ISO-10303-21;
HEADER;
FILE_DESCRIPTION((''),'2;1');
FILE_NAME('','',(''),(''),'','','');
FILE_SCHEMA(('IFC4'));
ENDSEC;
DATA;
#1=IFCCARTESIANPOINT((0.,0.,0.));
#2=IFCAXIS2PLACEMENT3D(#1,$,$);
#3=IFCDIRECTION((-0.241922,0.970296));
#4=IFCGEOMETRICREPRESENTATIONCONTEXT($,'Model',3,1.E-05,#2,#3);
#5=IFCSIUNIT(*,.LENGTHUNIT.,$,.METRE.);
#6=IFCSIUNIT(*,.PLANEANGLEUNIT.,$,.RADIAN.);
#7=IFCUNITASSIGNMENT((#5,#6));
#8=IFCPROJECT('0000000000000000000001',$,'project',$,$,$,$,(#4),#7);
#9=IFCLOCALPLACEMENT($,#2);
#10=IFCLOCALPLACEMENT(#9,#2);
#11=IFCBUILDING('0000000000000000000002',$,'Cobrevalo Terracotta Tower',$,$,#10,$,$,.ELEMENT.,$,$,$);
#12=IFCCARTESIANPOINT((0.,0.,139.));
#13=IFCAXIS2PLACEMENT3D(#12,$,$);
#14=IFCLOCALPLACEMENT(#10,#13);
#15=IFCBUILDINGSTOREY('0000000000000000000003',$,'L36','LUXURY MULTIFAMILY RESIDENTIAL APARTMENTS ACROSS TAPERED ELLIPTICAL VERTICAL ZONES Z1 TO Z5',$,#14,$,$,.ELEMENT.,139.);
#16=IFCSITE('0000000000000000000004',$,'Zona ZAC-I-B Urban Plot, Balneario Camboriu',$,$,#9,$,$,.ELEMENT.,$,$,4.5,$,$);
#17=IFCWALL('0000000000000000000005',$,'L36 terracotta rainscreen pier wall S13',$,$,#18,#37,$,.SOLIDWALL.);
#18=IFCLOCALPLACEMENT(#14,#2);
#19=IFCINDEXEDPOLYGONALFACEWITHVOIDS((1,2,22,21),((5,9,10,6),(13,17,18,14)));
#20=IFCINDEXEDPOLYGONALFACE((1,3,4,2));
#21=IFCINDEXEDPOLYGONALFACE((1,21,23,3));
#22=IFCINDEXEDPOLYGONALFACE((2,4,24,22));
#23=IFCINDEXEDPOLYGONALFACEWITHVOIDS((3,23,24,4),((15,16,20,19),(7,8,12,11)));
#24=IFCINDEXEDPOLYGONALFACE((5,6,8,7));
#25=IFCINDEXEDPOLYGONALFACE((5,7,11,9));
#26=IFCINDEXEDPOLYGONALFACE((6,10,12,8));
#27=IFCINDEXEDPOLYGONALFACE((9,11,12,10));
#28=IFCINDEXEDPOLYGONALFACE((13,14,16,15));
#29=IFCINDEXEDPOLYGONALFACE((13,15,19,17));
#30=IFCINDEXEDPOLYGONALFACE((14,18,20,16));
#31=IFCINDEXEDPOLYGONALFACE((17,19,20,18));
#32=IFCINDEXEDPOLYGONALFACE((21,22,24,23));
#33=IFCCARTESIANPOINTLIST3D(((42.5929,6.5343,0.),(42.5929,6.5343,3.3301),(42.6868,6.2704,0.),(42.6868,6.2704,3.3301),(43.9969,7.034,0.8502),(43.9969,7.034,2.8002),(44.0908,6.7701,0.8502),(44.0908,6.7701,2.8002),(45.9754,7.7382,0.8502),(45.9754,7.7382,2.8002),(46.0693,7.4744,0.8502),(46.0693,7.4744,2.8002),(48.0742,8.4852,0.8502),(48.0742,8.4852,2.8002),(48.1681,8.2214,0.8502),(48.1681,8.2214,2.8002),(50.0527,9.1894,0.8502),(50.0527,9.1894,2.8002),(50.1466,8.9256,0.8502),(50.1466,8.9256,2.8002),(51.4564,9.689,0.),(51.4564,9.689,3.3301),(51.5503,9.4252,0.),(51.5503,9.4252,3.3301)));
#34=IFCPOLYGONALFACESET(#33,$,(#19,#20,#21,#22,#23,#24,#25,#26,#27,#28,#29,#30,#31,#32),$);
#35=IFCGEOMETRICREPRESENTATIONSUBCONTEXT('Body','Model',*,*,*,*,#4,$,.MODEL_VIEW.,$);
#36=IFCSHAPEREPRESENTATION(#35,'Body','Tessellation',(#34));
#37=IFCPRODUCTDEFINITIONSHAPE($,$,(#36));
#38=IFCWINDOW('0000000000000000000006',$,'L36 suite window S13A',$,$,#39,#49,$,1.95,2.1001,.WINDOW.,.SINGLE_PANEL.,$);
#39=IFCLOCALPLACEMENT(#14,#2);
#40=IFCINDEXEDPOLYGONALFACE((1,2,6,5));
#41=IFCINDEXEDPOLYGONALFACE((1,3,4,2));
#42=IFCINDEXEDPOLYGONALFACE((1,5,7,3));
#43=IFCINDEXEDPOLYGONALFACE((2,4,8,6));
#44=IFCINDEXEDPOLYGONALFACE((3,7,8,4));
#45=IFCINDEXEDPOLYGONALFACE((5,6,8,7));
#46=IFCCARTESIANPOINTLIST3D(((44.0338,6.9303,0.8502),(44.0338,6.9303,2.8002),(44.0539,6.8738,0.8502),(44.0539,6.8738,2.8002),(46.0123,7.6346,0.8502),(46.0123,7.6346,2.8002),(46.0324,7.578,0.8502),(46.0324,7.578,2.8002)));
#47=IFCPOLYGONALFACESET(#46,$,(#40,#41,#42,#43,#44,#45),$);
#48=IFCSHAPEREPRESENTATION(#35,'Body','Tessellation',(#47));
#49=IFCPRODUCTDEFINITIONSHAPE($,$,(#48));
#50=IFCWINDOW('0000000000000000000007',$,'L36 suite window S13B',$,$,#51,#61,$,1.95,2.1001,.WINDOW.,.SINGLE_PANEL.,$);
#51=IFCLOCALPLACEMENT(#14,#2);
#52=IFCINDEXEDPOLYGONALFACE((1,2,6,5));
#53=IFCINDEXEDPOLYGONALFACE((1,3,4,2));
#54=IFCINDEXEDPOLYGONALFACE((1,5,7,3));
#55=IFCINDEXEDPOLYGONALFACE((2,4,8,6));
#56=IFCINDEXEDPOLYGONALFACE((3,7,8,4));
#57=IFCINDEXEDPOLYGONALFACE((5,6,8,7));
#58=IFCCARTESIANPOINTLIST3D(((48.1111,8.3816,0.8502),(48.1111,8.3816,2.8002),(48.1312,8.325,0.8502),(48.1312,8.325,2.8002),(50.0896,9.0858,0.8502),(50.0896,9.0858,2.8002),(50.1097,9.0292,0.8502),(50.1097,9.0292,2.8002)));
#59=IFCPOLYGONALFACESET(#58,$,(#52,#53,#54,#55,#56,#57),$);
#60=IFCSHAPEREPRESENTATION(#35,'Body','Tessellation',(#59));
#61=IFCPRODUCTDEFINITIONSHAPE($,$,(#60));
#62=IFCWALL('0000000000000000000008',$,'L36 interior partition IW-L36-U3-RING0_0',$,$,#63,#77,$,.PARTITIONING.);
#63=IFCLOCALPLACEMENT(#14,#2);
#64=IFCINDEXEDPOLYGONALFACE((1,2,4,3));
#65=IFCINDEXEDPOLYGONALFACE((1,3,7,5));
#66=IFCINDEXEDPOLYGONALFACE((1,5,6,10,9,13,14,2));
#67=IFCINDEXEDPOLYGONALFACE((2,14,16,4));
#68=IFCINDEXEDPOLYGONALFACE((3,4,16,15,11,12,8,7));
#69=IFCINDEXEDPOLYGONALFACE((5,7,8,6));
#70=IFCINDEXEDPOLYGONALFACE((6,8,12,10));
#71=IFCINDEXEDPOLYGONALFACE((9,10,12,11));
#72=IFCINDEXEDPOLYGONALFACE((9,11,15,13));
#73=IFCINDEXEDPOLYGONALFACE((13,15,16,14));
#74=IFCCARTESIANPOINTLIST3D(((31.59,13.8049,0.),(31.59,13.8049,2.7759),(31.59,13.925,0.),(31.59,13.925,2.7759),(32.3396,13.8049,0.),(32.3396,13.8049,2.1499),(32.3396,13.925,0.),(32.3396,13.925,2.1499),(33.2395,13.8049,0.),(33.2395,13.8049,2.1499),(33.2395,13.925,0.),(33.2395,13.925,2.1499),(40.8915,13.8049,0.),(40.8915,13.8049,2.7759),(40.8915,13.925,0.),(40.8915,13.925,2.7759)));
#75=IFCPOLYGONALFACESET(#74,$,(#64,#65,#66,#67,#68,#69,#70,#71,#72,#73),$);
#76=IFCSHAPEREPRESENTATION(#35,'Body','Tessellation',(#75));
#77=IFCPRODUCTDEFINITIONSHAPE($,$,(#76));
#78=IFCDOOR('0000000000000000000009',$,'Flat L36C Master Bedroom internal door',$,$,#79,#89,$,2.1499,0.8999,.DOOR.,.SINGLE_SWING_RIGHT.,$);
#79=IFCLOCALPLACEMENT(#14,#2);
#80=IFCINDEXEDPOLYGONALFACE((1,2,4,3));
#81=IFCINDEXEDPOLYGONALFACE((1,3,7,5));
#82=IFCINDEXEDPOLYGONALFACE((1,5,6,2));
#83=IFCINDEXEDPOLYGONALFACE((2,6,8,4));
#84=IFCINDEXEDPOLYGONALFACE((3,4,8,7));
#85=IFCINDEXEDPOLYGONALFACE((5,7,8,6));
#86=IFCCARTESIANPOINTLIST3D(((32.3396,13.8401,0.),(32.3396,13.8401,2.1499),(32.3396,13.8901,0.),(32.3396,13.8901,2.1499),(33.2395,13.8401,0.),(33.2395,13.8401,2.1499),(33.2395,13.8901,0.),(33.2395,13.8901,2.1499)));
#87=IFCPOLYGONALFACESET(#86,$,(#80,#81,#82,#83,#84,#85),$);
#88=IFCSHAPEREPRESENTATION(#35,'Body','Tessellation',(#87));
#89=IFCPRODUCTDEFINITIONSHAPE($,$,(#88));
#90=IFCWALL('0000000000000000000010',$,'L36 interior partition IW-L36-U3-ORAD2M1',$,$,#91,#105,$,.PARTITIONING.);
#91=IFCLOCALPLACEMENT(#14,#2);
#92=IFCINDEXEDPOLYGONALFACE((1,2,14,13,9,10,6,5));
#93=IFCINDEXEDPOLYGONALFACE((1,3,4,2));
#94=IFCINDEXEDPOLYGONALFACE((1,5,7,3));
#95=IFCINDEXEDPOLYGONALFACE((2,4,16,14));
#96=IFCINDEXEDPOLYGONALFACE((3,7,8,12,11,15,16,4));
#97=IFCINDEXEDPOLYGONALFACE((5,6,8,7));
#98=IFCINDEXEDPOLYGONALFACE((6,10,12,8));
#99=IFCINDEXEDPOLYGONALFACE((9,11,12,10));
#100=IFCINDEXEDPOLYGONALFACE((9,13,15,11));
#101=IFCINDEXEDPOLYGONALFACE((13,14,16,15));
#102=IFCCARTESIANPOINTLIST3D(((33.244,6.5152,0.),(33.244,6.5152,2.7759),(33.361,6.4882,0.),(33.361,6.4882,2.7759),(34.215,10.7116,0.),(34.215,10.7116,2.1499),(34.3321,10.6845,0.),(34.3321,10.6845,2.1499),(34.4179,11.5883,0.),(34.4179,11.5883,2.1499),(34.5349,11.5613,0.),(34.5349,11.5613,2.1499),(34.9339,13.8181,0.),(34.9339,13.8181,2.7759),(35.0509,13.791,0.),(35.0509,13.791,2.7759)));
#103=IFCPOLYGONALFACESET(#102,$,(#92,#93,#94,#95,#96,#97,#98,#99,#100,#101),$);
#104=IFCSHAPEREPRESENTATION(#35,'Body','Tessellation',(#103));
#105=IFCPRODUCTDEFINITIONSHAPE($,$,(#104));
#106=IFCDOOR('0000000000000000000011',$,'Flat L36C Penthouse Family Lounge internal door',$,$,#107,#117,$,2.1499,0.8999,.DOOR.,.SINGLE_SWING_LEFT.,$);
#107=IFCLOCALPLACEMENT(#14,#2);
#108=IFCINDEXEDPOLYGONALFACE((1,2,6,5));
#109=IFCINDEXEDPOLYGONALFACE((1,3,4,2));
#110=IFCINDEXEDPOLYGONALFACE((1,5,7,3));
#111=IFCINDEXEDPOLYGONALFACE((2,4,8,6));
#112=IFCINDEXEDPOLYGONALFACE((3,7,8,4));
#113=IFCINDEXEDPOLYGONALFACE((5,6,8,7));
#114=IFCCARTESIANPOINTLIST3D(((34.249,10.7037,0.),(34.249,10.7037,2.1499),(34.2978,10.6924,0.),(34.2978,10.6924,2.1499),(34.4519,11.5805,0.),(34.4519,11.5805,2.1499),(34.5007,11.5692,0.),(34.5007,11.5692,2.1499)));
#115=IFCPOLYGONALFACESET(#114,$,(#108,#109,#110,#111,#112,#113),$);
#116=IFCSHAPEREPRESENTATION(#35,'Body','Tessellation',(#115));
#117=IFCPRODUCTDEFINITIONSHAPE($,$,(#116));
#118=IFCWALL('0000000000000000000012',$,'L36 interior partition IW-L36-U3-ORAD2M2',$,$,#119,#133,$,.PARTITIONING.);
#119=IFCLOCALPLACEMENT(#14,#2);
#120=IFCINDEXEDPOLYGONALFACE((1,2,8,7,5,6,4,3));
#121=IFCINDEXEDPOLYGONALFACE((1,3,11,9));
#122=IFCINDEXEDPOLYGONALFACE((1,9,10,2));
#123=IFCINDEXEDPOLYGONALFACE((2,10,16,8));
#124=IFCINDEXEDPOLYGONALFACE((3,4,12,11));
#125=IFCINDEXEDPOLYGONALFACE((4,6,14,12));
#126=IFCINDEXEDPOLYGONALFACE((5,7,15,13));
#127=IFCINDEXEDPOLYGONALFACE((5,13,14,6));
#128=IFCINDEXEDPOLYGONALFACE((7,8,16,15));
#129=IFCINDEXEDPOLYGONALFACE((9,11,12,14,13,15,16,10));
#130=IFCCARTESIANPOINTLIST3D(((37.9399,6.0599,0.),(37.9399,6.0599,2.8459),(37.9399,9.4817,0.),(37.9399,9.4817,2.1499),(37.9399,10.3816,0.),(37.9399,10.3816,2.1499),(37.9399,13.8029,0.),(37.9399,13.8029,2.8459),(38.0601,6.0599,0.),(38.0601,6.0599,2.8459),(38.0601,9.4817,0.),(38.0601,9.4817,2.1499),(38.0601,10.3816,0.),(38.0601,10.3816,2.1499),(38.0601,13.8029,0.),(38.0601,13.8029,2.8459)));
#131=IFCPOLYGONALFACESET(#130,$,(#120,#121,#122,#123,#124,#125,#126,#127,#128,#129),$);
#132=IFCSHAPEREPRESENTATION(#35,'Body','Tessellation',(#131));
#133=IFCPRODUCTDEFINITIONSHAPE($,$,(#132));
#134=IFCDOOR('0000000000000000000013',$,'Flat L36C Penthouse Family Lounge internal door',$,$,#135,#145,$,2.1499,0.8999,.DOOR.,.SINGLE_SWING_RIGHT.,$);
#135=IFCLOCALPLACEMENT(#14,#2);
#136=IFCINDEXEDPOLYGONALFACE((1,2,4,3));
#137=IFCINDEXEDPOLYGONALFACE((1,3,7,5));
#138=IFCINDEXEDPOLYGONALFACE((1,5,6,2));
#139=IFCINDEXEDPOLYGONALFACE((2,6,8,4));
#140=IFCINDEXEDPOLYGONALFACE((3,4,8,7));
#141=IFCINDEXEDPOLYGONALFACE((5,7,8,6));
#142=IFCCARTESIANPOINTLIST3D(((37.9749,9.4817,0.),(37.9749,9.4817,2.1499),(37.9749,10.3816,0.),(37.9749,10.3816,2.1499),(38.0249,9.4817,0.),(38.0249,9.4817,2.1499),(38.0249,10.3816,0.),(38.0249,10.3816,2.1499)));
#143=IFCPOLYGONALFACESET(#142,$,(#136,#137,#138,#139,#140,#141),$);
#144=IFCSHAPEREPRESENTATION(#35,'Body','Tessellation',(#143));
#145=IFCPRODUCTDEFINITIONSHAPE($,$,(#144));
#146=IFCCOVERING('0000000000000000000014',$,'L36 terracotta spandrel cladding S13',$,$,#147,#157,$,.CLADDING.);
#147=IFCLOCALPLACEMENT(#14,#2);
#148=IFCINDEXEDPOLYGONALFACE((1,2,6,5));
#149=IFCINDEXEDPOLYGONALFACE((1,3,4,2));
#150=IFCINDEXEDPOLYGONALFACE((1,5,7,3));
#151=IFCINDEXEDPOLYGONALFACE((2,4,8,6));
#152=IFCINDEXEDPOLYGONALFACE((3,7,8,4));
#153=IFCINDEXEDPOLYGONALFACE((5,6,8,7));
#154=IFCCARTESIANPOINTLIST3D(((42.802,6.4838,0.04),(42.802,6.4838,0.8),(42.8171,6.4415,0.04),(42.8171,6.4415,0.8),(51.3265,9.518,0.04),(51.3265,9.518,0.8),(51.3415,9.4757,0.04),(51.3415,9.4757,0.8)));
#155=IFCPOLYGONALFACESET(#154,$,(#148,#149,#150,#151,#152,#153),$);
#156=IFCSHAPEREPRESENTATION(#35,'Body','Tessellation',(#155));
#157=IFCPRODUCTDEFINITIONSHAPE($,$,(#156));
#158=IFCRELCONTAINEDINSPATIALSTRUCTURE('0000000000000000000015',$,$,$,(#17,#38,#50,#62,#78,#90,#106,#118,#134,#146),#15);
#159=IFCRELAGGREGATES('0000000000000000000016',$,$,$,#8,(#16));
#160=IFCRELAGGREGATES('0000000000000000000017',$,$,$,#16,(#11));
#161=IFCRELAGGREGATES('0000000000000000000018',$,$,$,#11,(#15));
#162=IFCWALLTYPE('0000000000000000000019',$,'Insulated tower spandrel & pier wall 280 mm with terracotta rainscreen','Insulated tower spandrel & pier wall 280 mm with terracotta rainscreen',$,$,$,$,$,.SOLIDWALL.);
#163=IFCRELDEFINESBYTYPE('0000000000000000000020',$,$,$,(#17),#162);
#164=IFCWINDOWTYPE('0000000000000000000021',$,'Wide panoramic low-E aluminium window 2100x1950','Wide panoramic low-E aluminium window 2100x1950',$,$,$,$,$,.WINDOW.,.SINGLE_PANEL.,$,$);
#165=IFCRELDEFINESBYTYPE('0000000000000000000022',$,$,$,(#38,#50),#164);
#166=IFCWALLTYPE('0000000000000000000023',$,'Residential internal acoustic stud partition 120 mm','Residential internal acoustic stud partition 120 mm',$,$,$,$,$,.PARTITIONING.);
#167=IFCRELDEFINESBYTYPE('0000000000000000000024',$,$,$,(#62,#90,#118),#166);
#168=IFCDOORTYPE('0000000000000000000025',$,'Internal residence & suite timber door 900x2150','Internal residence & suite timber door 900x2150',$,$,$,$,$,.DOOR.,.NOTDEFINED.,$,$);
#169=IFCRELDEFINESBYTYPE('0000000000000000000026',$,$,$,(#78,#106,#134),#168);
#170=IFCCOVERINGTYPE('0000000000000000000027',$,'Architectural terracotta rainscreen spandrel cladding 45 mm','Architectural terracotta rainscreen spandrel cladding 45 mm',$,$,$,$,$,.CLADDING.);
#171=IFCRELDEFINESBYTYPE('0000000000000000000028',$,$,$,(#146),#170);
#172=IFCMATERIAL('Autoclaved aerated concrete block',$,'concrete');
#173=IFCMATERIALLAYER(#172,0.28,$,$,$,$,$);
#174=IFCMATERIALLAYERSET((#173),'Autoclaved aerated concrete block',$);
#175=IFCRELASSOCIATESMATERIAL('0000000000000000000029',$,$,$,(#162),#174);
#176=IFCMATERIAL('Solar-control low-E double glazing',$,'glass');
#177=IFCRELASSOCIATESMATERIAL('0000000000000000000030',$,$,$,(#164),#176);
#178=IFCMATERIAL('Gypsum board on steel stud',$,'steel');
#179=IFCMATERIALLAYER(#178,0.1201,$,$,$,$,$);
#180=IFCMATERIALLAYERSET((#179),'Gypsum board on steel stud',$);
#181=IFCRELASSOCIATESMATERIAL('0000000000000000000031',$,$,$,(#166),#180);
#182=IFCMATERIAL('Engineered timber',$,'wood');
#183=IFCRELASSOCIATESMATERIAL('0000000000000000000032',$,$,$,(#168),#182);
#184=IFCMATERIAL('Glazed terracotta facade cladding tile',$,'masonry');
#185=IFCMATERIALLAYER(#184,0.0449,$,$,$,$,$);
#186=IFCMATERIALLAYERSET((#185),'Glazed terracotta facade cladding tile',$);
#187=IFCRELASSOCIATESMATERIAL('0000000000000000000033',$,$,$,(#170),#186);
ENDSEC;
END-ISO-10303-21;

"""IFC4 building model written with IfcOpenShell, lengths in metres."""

from ifc_helpers import new_model, si_unit, direction, frame, frame_2d, origin, origin_2d, place, context, subcontext, project, spatial, rectangle, extrude, source, transform, mapped, material, layer, layer_set, type_object, element, fill, save


model = new_model("IFC4")

# Units and contexts
model_context = context("Model", 3, precision=1e-05, world=origin(), true_north=direction((-0.241922, 0.970296)))
body_context = subcontext(model_context, "Body", "Model", "MODEL_VIEW")
ifc_project = project(units=[si_unit("LENGTHUNIT", "METRE"), si_unit("PLANEANGLEUNIT", "RADIAN")], contexts=[model_context])

# Site, building, storey
site_placement = place(None, origin())
site = spatial("IfcSite", under=ifc_project, at=site_placement, Name="Zona ZAC-I-B Urban Plot, Balneario Camboriu", CompositionType="ELEMENT", RefElevation=4.5)
building_placement = place(site_placement, origin())
building = spatial("IfcBuilding", under=site, at=building_placement, Name="Cobrevalo Terracotta Tower", CompositionType="ELEMENT")
storey_placement = place(building_placement, frame((0.0, 0.0, 139.0)))
storey = spatial("IfcBuildingStorey", under=building, at=storey_placement, Name="L36", Description="LUXURY MULTIFAMILY RESIDENTIAL APARTMENTS ACROSS TAPERED ELLIPTICAL VERTICAL ZONES Z1 TO Z5", CompositionType="ELEMENT", Elevation=139.0)

# Shared definitions
ifc_material_1 = material(Name="Solar-control low-E double glazing", Category="glass")

# Shared definitions
ifc_material_2 = material(Name="Autoclaved aerated concrete block", Category="concrete")

# Wall, openings, windows
ifc_layer_1 = layer(ifc_material_2, 0.28)
ifc_layer_set_1 = layer_set([ifc_layer_1], Name="Autoclaved aerated concrete block")
wall_type_1 = type_object("IfcWallType", Name="Insulated tower spandrel & pier wall 280 mm with terracotta rainscreen", Description="Insulated tower spandrel & pier wall 280 mm with terracotta rainscreen", PredefinedType="SOLIDWALL", material=ifc_layer_set_1)
wall_1_placement = place(storey_placement, frame((42.6399, 6.4023, 0.0), z_axis=(0.0, 0.0, 1.0), x_axis=(0.942104, 0.335322, 0.0)))
wall_1 = element("IfcWall", 1, at=wall_1_placement, inside=storey, type_object=wall_type_1, Name="L36 terracotta rainscreen pier wall S13", PredefinedType="SOLIDWALL", context=body_context, shape_type="SweptSolid", body=[
    extrude(rectangle(XDim=9.4082, YDim=0.28, at=frame_2d((4.7041, 0.0))), origin(), (0.0, 0.0, 1.0), 3.3301),
])
opening_1_placement = place(wall_1_placement, frame((1.4902, 0.0, 0.8501)))
opening_1 = element("IfcOpeningElement", 2, at=opening_1_placement, cuts=wall_1, PredefinedType="OPENING", context=body_context, shape_type="SweptSolid", body=[
    extrude(rectangle(XDim=2.1001, YDim=1.95, at=frame_2d((1.05, 0.9751))), frame((0.0, 0.1499, 0.0), z_axis=(0.0, -1.0, 0.0), x_axis=(1.0, 0.0, 0.0)), (0.0, 0.0, 1.0), 0.3),
])
opening_2_placement = place(wall_1_placement, frame((5.8181, 0.0, 0.8501)))
opening_2 = element("IfcOpeningElement", 3, at=opening_2_placement, cuts=wall_1, PredefinedType="OPENING", context=body_context, shape_type="SweptSolid", body=[
    extrude(rectangle(XDim=2.1001, YDim=1.95, at=frame_2d((1.05, 0.9751))), frame((0.0, 0.1499, 0.0), z_axis=(0.0, -1.0, 0.0), x_axis=(1.0, 0.0, 0.0)), (0.0, 0.0, 1.0), 0.3),
])
window_type = type_object("IfcWindowType", Name="Wide panoramic low-E aluminium window 2100x1950", Description="Wide panoramic low-E aluminium window 2100x1950", PartitioningType="SINGLE_PANEL", PredefinedType="WINDOW", material=ifc_material_1)
shared_shape_1 = source(origin(), body_context, "Body", "SweptSolid", [
    extrude(rectangle(XDim=2.1001, YDim=1.95, at=frame_2d((1.05, 0.9751))), frame((0.0, 0.03, 0.0), z_axis=(0.0, -1.0, 0.0), x_axis=(1.0, 0.0, 0.0)), (0.0, 0.0, 1.0), 0.0601),
])
window_1_placement = place(opening_1_placement, origin())
window_1 = element("IfcWindow", 4, at=window_1_placement, inside=storey, type_object=window_type, Name="L36 suite window S13A", OverallHeight=1.95, OverallWidth=2.1001, PartitioningType="SINGLE_PANEL", PredefinedType="WINDOW", context=body_context, shape_type="MappedRepresentation", body=[
    mapped(shared_shape_1, transform((0.0, 0.0, 0.0), scale=1.0)),
])
fill(opening_1, window_1)
window_2_placement = place(opening_2_placement, origin())
window_2 = element("IfcWindow", 5, at=window_2_placement, inside=storey, type_object=window_type, Name="L36 suite window S13B", OverallHeight=1.95, OverallWidth=2.1001, PartitioningType="SINGLE_PANEL", PredefinedType="WINDOW", context=body_context, shape_type="MappedRepresentation", body=[
    mapped(shared_shape_1, transform((0.0, 0.0, 0.0), scale=1.0)),
])
fill(opening_2, window_2)

# Walls, openings, doors
ifc_material_3 = material(Name="Gypsum board on steel stud", Category="steel")
ifc_layer_2 = layer(ifc_material_3, 0.1201)
ifc_layer_set_2 = layer_set([ifc_layer_2], Name="Gypsum board on steel stud")
wall_type_2 = type_object("IfcWallType", Name="Residential internal acoustic stud partition 120 mm", Description="Residential internal acoustic stud partition 120 mm", PredefinedType="PARTITIONING", material=ifc_layer_set_2)
wall_2_placement = place(storey_placement, frame((40.8916, 13.865, 0.0), z_axis=(0.0, 0.0, 1.0), x_axis=(-1.0, 0.0, 0.0)))
wall_2 = element("IfcWall", 6, at=wall_2_placement, inside=storey, type_object=wall_type_2, Name="L36 interior partition IW-L36-U3-RING0_0", PredefinedType="PARTITIONING", context=body_context, shape_type="SweptSolid", body=[
    extrude(rectangle(XDim=9.3015, YDim=0.1201, at=frame_2d((4.6509, 0.0))), origin(), (0.0, 0.0, 1.0), 2.7759),
])
opening_3_placement = place(wall_2_placement, frame((7.6521, 0.0, 0.0)))
opening_3 = element("IfcOpeningElement", 7, at=opening_3_placement, cuts=wall_2, PredefinedType="OPENING", context=body_context, shape_type="SweptSolid", body=[
    extrude(rectangle(XDim=0.8999, YDim=2.1499, at=frame_2d((0.45, 1.075))), frame((0.0, 0.0701, 0.0), z_axis=(0.0, -1.0, 0.0), x_axis=(1.0, 0.0, 0.0)), (0.0, 0.0, 1.0), 0.1401),
])
ifc_material_4 = material(Name="Engineered timber", Category="wood")
door_type = type_object("IfcDoorType", Name="Internal residence & suite timber door 900x2150", Description="Internal residence & suite timber door 900x2150", OperationType="NOTDEFINED", PredefinedType="DOOR", material=ifc_material_4)
shared_shape_2 = source(origin(), body_context, "Body", "SweptSolid", [
    extrude(rectangle(XDim=0.8999, YDim=2.1499, at=frame_2d((0.45, 1.075))), frame((0.0, 0.0249, 0.0), z_axis=(0.0, -1.0, 0.0), x_axis=(1.0, 0.0, 0.0)), (0.0, 0.0, 1.0), 0.05),
])
door_1_placement = place(opening_3_placement, origin())
door_1 = element("IfcDoor", 8, at=door_1_placement, inside=storey, type_object=door_type, Name="Flat L36C Master Bedroom internal door", OperationType="SINGLE_SWING_RIGHT", OverallHeight=2.1499, OverallWidth=0.8999, PredefinedType="DOOR", context=body_context, shape_type="MappedRepresentation", body=[
    mapped(shared_shape_2, transform((0.0, 0.0, 0.0), scale=1.0)),
])
fill(opening_3, door_1)
wall_3_placement = place(storey_placement, frame((34.9924, 13.8047, 0.0), z_axis=(0.0, 0.0, 1.0), x_axis=(-0.225447, -0.974255, 0.0)))
wall_3 = element("IfcWall", 9, at=wall_3_placement, inside=storey, type_object=wall_type_2, Name="L36 interior partition IW-L36-U3-ORAD2M1", PredefinedType="PARTITIONING", context=body_context, shape_type="SweptSolid", body=[
    extrude(rectangle(XDim=7.4958, YDim=0.1201, at=frame_2d((3.748, 0.0))), origin(), (0.0, 0.0, 1.0), 2.7759),
])
opening_4_placement = place(wall_3_placement, frame((2.2888, 0.0, 0.0)))
opening_4 = element("IfcOpeningElement", 10, at=opening_4_placement, cuts=wall_3, PredefinedType="OPENING", context=body_context, shape_type="SweptSolid", body=[
    extrude(rectangle(XDim=0.8999, YDim=2.1499, at=frame_2d((0.45, 1.075))), frame((0.0, 0.0701, 0.0), z_axis=(0.0, -1.0, 0.0), x_axis=(1.0, 0.0, 0.0)), (0.0, 0.0, 1.0), 0.1401),
])
door_2_placement = place(opening_4_placement, origin())
door_2 = element("IfcDoor", 11, at=door_2_placement, inside=storey, type_object=door_type, Name="Flat L36C Penthouse Family Lounge internal door", OperationType="SINGLE_SWING_LEFT", OverallHeight=2.1499, OverallWidth=0.8999, PredefinedType="DOOR", context=body_context, shape_type="MappedRepresentation", body=[
    mapped(shared_shape_2, transform((0.0, 0.0, 0.0), scale=1.0)),
])
fill(opening_4, door_2)
wall_4_placement = place(storey_placement, frame((38.0, 13.803, 0.0), z_axis=(0.0, 0.0, 1.0), x_axis=(0.0, -1.0, 0.0)))
wall_4 = element("IfcWall", 12, at=wall_4_placement, inside=storey, type_object=wall_type_2, Name="L36 interior partition IW-L36-U3-ORAD2M2", PredefinedType="PARTITIONING", context=body_context, shape_type="SweptSolid", body=[
    extrude(rectangle(XDim=7.7429, YDim=0.1201, at=frame_2d((3.8716, 0.0))), origin(), (0.0, 0.0, 1.0), 2.8459),
])
opening_5_placement = place(wall_4_placement, frame((3.4214, 0.0, 0.0)))
opening_5 = element("IfcOpeningElement", 13, at=opening_5_placement, cuts=wall_4, PredefinedType="OPENING", context=body_context, shape_type="SweptSolid", body=[
    extrude(rectangle(XDim=0.8999, YDim=2.1499, at=frame_2d((0.45, 1.075))), frame((0.0, 0.0701, 0.0), z_axis=(0.0, -1.0, 0.0), x_axis=(1.0, 0.0, 0.0)), (0.0, 0.0, 1.0), 0.1401),
])
door_3_placement = place(opening_5_placement, origin())
door_3 = element("IfcDoor", 14, at=door_3_placement, inside=storey, type_object=door_type, Name="Flat L36C Penthouse Family Lounge internal door", OperationType="SINGLE_SWING_RIGHT", OverallHeight=2.1499, OverallWidth=0.8999, PredefinedType="DOOR", context=body_context, shape_type="MappedRepresentation", body=[
    mapped(shared_shape_2, transform((0.0, 0.0, 0.0), scale=1.0)),
])
fill(opening_5, door_3)

# Covering
ifc_material_5 = material(Name="Glazed terracotta facade cladding tile", Category="masonry")
ifc_layer_3 = layer(ifc_material_5, 0.0449)
ifc_layer_set_3 = layer_set([ifc_layer_3], Name="Glazed terracotta facade cladding tile")
covering_type = type_object("IfcCoveringType", Name="Architectural terracotta rainscreen spandrel cladding 45 mm", Description="Architectural terracotta rainscreen spandrel cladding 45 mm", PredefinedType="CLADDING", material=ifc_layer_set_3)
shared_shape_3 = source(origin(), body_context, "Body", "SweptSolid", [
    extrude(rectangle(XDim=9.0483, YDim=0.0449, at=origin_2d()), origin(), (0.0, 0.0, 1.0), 0.76),
])
covering_placement = place(storey_placement, frame((47.0718, 7.9797, 0.04), z_axis=(0.0, 0.0, 1.0), x_axis=(0.942098, 0.335336, 0.0)))
element("IfcCovering", 15, at=covering_placement, inside=storey, type_object=covering_type, Name="L36 terracotta spandrel cladding S13", PredefinedType="CLADDING", context=body_context, shape_type="MappedRepresentation", body=[
    mapped(shared_shape_3, transform((0.0, 0.0, 0.0), scale=1.0)),
])

save(model, "model.ifc")
